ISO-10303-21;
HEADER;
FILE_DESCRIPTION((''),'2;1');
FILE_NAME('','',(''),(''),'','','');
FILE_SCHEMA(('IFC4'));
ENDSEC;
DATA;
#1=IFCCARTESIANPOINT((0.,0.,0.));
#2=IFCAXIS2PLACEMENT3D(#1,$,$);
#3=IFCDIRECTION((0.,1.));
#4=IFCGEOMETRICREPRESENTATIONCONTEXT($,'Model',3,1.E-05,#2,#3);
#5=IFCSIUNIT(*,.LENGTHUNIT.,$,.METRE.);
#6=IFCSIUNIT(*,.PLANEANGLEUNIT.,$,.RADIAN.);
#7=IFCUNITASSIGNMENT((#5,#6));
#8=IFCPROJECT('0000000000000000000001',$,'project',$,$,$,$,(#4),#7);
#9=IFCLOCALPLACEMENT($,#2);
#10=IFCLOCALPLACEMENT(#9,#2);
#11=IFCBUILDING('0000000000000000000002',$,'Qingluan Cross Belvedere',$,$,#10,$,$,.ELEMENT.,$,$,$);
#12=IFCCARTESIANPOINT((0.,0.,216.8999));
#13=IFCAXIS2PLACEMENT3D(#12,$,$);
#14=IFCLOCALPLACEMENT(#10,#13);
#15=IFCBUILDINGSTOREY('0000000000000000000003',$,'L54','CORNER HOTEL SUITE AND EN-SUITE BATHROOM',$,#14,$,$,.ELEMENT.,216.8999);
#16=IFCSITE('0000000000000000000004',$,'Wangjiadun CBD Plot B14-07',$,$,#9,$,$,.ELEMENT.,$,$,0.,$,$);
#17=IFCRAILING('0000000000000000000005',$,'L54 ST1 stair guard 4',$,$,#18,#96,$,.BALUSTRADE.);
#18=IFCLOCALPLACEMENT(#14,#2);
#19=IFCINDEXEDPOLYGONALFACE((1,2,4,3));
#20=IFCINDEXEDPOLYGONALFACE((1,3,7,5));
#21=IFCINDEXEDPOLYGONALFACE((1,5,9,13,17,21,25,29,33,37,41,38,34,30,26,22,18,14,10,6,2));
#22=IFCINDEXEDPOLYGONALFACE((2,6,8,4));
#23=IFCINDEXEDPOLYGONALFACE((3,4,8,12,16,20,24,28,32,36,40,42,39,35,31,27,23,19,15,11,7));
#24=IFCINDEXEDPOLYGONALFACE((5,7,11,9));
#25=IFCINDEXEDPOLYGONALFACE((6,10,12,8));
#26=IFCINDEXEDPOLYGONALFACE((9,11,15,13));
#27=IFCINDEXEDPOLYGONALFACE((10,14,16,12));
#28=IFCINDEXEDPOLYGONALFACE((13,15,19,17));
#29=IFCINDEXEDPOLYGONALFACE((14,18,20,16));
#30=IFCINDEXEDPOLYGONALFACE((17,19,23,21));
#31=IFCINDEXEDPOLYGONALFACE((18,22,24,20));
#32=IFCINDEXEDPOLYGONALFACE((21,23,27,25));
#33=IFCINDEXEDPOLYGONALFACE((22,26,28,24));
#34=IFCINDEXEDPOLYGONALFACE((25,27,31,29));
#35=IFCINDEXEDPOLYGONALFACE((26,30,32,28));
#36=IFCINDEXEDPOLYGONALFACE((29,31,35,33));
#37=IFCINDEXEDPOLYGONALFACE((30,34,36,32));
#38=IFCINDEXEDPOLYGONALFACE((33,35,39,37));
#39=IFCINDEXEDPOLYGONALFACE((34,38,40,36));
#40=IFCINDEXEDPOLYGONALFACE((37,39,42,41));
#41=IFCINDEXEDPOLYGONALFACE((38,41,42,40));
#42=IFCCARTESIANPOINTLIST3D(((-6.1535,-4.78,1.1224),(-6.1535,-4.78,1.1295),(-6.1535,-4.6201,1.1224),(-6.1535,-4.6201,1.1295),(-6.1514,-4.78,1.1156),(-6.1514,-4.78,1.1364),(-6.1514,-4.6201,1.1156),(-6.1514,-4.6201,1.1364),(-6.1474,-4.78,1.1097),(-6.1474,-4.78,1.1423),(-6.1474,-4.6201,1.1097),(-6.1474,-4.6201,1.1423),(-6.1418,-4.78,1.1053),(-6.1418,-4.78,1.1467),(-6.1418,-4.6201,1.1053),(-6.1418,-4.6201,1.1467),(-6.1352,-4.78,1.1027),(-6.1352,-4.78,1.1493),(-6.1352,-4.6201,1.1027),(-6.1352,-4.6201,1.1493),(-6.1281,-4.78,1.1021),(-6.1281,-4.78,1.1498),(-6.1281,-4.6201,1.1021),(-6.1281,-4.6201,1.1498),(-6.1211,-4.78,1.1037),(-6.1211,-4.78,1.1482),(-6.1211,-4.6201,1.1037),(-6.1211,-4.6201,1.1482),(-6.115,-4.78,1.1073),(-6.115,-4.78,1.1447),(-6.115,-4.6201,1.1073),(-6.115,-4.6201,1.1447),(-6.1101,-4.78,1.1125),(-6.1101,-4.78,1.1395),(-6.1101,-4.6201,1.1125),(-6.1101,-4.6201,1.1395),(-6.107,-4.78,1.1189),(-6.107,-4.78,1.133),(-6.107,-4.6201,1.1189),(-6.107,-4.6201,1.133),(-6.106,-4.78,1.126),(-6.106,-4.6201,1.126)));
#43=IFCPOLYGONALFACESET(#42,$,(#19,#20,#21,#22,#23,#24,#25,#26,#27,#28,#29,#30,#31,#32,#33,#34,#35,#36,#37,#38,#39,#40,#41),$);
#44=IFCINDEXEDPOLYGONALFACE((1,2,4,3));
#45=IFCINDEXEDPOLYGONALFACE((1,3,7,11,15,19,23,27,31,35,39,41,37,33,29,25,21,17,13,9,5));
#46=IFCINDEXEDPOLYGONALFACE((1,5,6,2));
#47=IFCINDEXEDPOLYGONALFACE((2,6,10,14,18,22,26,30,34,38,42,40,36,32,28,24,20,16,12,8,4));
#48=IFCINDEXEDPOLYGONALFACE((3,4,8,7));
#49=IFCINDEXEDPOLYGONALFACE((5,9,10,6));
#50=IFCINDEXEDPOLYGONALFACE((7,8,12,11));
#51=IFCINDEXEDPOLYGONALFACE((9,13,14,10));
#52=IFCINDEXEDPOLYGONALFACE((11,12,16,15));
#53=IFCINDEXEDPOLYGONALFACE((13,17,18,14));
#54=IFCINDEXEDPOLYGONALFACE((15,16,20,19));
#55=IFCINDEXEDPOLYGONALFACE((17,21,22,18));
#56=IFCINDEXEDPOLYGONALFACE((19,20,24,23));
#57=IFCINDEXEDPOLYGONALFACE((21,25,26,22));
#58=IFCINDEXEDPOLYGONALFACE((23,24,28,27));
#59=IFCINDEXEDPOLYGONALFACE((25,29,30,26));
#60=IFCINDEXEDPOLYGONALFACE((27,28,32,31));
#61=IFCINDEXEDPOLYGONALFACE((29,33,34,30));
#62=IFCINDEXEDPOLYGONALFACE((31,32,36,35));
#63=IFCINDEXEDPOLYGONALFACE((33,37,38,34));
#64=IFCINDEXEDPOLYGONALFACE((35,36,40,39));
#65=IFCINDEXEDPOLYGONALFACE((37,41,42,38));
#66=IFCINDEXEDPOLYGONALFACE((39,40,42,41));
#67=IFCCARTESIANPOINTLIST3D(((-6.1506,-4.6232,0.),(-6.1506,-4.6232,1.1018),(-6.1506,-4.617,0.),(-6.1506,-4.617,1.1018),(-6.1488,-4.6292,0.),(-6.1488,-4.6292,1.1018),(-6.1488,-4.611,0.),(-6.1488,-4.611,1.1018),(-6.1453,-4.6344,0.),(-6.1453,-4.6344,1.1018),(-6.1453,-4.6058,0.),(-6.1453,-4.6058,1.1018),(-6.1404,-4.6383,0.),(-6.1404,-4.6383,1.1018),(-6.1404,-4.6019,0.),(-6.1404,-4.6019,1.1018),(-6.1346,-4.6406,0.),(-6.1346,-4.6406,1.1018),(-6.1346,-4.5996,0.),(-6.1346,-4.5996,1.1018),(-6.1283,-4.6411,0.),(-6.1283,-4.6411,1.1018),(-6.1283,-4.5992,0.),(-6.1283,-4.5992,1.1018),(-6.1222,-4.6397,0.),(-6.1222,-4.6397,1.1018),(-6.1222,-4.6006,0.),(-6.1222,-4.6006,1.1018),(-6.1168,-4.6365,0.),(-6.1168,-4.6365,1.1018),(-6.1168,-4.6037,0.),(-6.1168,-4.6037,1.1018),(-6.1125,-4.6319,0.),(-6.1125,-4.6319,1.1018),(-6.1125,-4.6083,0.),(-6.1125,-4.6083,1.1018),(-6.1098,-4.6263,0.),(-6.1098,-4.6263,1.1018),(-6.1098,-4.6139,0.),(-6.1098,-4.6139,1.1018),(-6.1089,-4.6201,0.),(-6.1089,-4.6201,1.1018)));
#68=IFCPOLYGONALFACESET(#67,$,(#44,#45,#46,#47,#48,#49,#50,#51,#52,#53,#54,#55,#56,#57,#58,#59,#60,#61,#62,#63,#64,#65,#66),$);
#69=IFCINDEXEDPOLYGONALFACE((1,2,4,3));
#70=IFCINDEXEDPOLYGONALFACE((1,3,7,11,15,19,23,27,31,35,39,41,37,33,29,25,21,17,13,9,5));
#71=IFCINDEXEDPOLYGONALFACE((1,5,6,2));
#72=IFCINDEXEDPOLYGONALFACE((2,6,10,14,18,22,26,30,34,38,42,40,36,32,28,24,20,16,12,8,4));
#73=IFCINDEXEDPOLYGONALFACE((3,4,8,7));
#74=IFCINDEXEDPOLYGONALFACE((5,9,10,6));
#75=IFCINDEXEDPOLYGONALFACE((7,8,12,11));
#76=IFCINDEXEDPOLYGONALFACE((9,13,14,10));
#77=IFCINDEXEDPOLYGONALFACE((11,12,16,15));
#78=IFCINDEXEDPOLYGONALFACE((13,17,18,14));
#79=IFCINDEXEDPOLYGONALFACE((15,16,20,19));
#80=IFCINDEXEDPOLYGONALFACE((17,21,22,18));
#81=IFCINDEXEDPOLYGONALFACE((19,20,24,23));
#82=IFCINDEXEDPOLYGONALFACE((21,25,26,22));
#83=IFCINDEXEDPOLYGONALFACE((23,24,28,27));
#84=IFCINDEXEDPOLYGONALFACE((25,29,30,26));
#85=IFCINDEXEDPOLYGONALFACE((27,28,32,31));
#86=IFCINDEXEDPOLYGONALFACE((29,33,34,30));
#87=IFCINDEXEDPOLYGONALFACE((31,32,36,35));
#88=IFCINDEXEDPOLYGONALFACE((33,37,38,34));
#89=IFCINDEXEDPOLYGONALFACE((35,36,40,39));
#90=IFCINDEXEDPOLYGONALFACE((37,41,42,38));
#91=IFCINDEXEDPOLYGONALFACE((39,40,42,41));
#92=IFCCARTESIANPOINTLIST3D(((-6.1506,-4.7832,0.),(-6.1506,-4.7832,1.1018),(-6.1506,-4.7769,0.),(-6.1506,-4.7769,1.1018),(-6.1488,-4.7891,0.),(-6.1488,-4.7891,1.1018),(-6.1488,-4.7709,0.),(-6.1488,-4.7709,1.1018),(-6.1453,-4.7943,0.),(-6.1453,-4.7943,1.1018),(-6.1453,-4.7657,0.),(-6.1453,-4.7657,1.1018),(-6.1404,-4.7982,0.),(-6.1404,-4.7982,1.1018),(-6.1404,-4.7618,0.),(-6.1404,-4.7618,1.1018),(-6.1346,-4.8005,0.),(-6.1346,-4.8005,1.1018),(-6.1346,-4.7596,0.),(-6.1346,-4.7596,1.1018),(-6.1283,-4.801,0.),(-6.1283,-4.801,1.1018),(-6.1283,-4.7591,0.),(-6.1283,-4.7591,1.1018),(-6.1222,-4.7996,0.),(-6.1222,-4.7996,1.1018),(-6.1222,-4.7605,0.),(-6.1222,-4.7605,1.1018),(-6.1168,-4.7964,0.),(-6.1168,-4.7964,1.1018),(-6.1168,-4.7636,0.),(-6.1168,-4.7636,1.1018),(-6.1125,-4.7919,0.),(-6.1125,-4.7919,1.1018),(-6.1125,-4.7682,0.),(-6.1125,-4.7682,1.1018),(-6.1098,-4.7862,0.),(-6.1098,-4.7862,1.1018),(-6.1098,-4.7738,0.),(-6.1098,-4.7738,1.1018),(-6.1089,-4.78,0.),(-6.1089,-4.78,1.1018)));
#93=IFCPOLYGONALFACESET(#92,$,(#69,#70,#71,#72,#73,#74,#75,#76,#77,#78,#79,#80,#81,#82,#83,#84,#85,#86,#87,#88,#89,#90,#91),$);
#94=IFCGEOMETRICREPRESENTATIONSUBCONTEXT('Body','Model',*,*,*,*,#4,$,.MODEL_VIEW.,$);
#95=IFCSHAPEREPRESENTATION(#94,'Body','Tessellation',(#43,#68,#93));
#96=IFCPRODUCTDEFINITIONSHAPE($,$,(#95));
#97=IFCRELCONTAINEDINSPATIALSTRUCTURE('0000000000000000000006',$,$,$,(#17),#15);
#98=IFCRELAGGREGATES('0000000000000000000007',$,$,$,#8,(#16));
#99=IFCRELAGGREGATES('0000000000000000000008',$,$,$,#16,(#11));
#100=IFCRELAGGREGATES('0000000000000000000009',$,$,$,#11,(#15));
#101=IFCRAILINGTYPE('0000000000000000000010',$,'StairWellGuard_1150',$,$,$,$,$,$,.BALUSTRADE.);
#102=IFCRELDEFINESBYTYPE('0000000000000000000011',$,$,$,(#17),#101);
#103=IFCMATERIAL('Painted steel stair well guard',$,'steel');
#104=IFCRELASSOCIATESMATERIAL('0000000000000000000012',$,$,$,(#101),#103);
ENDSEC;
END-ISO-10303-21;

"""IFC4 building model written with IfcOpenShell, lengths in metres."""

from ifc_helpers import new_model, si_unit, direction, frame, origin, origin_2d, place, context, subcontext, project, spatial, circle, extrude, material, type_object, element, save


model = new_model("IFC4")

# Units and contexts
model_context = context("Model", 3, precision=1e-05, world=origin(), true_north=direction((0.0, 1.0)))
body_context = subcontext(model_context, "Body", "Model", "MODEL_VIEW")
ifc_project = project(units=[si_unit("LENGTHUNIT", "METRE"), si_unit("PLANEANGLEUNIT", "RADIAN")], contexts=[model_context])

# Site, building, storey
site_placement = place(None, origin())
site = spatial("IfcSite", under=ifc_project, at=site_placement, Name="Wangjiadun CBD Plot B14-07", CompositionType="ELEMENT", RefElevation=0.0)
building_placement = place(site_placement, origin())
building = spatial("IfcBuilding", under=site, at=building_placement, Name="Qingluan Cross Belvedere", CompositionType="ELEMENT")
storey_placement = place(building_placement, frame((0.0, 0.0, 216.8999)))
storey = spatial("IfcBuildingStorey", under=building, at=storey_placement, Name="L54", Description="CORNER HOTEL SUITE AND EN-SUITE BATHROOM", CompositionType="ELEMENT", Elevation=216.8999)

# Railing
ifc_material_1 = material(Name="Painted steel stair well guard", Category="steel")
railing_type_1 = type_object("IfcRailingType", Name="StairWellGuard_1150", PredefinedType="BALUSTRADE", material=ifc_material_1)
railing_1_placement = place(storey_placement, frame((-6.1299, -4.6201, 0.0)))
element("IfcRailing", 1, at=railing_1_placement, inside=storey, type_object=railing_type_1, Name="L54 ST1 stair guard 4", PredefinedType="BALUSTRADE", context=body_context, shape_type="SweptSolid", body=[
    extrude(circle(Radius=0.0239, at=origin_2d()), frame((0.0, 0.0, 1.126), z_axis=(0.0, -1.0, 0.0), x_axis=(1.0, 0.0, 0.0)), (0.0, 0.0, 1.0), 0.1599),
    extrude(circle(Radius=0.021, at=origin_2d()), origin(), (0.0, 0.0, 1.0), 1.1018),
    extrude(circle(Radius=0.021, at=origin_2d()), frame((0.0, -0.1599, 0.0)), (0.0, 0.0, 1.0), 1.1018),
])

save(model, "model.ifc")
